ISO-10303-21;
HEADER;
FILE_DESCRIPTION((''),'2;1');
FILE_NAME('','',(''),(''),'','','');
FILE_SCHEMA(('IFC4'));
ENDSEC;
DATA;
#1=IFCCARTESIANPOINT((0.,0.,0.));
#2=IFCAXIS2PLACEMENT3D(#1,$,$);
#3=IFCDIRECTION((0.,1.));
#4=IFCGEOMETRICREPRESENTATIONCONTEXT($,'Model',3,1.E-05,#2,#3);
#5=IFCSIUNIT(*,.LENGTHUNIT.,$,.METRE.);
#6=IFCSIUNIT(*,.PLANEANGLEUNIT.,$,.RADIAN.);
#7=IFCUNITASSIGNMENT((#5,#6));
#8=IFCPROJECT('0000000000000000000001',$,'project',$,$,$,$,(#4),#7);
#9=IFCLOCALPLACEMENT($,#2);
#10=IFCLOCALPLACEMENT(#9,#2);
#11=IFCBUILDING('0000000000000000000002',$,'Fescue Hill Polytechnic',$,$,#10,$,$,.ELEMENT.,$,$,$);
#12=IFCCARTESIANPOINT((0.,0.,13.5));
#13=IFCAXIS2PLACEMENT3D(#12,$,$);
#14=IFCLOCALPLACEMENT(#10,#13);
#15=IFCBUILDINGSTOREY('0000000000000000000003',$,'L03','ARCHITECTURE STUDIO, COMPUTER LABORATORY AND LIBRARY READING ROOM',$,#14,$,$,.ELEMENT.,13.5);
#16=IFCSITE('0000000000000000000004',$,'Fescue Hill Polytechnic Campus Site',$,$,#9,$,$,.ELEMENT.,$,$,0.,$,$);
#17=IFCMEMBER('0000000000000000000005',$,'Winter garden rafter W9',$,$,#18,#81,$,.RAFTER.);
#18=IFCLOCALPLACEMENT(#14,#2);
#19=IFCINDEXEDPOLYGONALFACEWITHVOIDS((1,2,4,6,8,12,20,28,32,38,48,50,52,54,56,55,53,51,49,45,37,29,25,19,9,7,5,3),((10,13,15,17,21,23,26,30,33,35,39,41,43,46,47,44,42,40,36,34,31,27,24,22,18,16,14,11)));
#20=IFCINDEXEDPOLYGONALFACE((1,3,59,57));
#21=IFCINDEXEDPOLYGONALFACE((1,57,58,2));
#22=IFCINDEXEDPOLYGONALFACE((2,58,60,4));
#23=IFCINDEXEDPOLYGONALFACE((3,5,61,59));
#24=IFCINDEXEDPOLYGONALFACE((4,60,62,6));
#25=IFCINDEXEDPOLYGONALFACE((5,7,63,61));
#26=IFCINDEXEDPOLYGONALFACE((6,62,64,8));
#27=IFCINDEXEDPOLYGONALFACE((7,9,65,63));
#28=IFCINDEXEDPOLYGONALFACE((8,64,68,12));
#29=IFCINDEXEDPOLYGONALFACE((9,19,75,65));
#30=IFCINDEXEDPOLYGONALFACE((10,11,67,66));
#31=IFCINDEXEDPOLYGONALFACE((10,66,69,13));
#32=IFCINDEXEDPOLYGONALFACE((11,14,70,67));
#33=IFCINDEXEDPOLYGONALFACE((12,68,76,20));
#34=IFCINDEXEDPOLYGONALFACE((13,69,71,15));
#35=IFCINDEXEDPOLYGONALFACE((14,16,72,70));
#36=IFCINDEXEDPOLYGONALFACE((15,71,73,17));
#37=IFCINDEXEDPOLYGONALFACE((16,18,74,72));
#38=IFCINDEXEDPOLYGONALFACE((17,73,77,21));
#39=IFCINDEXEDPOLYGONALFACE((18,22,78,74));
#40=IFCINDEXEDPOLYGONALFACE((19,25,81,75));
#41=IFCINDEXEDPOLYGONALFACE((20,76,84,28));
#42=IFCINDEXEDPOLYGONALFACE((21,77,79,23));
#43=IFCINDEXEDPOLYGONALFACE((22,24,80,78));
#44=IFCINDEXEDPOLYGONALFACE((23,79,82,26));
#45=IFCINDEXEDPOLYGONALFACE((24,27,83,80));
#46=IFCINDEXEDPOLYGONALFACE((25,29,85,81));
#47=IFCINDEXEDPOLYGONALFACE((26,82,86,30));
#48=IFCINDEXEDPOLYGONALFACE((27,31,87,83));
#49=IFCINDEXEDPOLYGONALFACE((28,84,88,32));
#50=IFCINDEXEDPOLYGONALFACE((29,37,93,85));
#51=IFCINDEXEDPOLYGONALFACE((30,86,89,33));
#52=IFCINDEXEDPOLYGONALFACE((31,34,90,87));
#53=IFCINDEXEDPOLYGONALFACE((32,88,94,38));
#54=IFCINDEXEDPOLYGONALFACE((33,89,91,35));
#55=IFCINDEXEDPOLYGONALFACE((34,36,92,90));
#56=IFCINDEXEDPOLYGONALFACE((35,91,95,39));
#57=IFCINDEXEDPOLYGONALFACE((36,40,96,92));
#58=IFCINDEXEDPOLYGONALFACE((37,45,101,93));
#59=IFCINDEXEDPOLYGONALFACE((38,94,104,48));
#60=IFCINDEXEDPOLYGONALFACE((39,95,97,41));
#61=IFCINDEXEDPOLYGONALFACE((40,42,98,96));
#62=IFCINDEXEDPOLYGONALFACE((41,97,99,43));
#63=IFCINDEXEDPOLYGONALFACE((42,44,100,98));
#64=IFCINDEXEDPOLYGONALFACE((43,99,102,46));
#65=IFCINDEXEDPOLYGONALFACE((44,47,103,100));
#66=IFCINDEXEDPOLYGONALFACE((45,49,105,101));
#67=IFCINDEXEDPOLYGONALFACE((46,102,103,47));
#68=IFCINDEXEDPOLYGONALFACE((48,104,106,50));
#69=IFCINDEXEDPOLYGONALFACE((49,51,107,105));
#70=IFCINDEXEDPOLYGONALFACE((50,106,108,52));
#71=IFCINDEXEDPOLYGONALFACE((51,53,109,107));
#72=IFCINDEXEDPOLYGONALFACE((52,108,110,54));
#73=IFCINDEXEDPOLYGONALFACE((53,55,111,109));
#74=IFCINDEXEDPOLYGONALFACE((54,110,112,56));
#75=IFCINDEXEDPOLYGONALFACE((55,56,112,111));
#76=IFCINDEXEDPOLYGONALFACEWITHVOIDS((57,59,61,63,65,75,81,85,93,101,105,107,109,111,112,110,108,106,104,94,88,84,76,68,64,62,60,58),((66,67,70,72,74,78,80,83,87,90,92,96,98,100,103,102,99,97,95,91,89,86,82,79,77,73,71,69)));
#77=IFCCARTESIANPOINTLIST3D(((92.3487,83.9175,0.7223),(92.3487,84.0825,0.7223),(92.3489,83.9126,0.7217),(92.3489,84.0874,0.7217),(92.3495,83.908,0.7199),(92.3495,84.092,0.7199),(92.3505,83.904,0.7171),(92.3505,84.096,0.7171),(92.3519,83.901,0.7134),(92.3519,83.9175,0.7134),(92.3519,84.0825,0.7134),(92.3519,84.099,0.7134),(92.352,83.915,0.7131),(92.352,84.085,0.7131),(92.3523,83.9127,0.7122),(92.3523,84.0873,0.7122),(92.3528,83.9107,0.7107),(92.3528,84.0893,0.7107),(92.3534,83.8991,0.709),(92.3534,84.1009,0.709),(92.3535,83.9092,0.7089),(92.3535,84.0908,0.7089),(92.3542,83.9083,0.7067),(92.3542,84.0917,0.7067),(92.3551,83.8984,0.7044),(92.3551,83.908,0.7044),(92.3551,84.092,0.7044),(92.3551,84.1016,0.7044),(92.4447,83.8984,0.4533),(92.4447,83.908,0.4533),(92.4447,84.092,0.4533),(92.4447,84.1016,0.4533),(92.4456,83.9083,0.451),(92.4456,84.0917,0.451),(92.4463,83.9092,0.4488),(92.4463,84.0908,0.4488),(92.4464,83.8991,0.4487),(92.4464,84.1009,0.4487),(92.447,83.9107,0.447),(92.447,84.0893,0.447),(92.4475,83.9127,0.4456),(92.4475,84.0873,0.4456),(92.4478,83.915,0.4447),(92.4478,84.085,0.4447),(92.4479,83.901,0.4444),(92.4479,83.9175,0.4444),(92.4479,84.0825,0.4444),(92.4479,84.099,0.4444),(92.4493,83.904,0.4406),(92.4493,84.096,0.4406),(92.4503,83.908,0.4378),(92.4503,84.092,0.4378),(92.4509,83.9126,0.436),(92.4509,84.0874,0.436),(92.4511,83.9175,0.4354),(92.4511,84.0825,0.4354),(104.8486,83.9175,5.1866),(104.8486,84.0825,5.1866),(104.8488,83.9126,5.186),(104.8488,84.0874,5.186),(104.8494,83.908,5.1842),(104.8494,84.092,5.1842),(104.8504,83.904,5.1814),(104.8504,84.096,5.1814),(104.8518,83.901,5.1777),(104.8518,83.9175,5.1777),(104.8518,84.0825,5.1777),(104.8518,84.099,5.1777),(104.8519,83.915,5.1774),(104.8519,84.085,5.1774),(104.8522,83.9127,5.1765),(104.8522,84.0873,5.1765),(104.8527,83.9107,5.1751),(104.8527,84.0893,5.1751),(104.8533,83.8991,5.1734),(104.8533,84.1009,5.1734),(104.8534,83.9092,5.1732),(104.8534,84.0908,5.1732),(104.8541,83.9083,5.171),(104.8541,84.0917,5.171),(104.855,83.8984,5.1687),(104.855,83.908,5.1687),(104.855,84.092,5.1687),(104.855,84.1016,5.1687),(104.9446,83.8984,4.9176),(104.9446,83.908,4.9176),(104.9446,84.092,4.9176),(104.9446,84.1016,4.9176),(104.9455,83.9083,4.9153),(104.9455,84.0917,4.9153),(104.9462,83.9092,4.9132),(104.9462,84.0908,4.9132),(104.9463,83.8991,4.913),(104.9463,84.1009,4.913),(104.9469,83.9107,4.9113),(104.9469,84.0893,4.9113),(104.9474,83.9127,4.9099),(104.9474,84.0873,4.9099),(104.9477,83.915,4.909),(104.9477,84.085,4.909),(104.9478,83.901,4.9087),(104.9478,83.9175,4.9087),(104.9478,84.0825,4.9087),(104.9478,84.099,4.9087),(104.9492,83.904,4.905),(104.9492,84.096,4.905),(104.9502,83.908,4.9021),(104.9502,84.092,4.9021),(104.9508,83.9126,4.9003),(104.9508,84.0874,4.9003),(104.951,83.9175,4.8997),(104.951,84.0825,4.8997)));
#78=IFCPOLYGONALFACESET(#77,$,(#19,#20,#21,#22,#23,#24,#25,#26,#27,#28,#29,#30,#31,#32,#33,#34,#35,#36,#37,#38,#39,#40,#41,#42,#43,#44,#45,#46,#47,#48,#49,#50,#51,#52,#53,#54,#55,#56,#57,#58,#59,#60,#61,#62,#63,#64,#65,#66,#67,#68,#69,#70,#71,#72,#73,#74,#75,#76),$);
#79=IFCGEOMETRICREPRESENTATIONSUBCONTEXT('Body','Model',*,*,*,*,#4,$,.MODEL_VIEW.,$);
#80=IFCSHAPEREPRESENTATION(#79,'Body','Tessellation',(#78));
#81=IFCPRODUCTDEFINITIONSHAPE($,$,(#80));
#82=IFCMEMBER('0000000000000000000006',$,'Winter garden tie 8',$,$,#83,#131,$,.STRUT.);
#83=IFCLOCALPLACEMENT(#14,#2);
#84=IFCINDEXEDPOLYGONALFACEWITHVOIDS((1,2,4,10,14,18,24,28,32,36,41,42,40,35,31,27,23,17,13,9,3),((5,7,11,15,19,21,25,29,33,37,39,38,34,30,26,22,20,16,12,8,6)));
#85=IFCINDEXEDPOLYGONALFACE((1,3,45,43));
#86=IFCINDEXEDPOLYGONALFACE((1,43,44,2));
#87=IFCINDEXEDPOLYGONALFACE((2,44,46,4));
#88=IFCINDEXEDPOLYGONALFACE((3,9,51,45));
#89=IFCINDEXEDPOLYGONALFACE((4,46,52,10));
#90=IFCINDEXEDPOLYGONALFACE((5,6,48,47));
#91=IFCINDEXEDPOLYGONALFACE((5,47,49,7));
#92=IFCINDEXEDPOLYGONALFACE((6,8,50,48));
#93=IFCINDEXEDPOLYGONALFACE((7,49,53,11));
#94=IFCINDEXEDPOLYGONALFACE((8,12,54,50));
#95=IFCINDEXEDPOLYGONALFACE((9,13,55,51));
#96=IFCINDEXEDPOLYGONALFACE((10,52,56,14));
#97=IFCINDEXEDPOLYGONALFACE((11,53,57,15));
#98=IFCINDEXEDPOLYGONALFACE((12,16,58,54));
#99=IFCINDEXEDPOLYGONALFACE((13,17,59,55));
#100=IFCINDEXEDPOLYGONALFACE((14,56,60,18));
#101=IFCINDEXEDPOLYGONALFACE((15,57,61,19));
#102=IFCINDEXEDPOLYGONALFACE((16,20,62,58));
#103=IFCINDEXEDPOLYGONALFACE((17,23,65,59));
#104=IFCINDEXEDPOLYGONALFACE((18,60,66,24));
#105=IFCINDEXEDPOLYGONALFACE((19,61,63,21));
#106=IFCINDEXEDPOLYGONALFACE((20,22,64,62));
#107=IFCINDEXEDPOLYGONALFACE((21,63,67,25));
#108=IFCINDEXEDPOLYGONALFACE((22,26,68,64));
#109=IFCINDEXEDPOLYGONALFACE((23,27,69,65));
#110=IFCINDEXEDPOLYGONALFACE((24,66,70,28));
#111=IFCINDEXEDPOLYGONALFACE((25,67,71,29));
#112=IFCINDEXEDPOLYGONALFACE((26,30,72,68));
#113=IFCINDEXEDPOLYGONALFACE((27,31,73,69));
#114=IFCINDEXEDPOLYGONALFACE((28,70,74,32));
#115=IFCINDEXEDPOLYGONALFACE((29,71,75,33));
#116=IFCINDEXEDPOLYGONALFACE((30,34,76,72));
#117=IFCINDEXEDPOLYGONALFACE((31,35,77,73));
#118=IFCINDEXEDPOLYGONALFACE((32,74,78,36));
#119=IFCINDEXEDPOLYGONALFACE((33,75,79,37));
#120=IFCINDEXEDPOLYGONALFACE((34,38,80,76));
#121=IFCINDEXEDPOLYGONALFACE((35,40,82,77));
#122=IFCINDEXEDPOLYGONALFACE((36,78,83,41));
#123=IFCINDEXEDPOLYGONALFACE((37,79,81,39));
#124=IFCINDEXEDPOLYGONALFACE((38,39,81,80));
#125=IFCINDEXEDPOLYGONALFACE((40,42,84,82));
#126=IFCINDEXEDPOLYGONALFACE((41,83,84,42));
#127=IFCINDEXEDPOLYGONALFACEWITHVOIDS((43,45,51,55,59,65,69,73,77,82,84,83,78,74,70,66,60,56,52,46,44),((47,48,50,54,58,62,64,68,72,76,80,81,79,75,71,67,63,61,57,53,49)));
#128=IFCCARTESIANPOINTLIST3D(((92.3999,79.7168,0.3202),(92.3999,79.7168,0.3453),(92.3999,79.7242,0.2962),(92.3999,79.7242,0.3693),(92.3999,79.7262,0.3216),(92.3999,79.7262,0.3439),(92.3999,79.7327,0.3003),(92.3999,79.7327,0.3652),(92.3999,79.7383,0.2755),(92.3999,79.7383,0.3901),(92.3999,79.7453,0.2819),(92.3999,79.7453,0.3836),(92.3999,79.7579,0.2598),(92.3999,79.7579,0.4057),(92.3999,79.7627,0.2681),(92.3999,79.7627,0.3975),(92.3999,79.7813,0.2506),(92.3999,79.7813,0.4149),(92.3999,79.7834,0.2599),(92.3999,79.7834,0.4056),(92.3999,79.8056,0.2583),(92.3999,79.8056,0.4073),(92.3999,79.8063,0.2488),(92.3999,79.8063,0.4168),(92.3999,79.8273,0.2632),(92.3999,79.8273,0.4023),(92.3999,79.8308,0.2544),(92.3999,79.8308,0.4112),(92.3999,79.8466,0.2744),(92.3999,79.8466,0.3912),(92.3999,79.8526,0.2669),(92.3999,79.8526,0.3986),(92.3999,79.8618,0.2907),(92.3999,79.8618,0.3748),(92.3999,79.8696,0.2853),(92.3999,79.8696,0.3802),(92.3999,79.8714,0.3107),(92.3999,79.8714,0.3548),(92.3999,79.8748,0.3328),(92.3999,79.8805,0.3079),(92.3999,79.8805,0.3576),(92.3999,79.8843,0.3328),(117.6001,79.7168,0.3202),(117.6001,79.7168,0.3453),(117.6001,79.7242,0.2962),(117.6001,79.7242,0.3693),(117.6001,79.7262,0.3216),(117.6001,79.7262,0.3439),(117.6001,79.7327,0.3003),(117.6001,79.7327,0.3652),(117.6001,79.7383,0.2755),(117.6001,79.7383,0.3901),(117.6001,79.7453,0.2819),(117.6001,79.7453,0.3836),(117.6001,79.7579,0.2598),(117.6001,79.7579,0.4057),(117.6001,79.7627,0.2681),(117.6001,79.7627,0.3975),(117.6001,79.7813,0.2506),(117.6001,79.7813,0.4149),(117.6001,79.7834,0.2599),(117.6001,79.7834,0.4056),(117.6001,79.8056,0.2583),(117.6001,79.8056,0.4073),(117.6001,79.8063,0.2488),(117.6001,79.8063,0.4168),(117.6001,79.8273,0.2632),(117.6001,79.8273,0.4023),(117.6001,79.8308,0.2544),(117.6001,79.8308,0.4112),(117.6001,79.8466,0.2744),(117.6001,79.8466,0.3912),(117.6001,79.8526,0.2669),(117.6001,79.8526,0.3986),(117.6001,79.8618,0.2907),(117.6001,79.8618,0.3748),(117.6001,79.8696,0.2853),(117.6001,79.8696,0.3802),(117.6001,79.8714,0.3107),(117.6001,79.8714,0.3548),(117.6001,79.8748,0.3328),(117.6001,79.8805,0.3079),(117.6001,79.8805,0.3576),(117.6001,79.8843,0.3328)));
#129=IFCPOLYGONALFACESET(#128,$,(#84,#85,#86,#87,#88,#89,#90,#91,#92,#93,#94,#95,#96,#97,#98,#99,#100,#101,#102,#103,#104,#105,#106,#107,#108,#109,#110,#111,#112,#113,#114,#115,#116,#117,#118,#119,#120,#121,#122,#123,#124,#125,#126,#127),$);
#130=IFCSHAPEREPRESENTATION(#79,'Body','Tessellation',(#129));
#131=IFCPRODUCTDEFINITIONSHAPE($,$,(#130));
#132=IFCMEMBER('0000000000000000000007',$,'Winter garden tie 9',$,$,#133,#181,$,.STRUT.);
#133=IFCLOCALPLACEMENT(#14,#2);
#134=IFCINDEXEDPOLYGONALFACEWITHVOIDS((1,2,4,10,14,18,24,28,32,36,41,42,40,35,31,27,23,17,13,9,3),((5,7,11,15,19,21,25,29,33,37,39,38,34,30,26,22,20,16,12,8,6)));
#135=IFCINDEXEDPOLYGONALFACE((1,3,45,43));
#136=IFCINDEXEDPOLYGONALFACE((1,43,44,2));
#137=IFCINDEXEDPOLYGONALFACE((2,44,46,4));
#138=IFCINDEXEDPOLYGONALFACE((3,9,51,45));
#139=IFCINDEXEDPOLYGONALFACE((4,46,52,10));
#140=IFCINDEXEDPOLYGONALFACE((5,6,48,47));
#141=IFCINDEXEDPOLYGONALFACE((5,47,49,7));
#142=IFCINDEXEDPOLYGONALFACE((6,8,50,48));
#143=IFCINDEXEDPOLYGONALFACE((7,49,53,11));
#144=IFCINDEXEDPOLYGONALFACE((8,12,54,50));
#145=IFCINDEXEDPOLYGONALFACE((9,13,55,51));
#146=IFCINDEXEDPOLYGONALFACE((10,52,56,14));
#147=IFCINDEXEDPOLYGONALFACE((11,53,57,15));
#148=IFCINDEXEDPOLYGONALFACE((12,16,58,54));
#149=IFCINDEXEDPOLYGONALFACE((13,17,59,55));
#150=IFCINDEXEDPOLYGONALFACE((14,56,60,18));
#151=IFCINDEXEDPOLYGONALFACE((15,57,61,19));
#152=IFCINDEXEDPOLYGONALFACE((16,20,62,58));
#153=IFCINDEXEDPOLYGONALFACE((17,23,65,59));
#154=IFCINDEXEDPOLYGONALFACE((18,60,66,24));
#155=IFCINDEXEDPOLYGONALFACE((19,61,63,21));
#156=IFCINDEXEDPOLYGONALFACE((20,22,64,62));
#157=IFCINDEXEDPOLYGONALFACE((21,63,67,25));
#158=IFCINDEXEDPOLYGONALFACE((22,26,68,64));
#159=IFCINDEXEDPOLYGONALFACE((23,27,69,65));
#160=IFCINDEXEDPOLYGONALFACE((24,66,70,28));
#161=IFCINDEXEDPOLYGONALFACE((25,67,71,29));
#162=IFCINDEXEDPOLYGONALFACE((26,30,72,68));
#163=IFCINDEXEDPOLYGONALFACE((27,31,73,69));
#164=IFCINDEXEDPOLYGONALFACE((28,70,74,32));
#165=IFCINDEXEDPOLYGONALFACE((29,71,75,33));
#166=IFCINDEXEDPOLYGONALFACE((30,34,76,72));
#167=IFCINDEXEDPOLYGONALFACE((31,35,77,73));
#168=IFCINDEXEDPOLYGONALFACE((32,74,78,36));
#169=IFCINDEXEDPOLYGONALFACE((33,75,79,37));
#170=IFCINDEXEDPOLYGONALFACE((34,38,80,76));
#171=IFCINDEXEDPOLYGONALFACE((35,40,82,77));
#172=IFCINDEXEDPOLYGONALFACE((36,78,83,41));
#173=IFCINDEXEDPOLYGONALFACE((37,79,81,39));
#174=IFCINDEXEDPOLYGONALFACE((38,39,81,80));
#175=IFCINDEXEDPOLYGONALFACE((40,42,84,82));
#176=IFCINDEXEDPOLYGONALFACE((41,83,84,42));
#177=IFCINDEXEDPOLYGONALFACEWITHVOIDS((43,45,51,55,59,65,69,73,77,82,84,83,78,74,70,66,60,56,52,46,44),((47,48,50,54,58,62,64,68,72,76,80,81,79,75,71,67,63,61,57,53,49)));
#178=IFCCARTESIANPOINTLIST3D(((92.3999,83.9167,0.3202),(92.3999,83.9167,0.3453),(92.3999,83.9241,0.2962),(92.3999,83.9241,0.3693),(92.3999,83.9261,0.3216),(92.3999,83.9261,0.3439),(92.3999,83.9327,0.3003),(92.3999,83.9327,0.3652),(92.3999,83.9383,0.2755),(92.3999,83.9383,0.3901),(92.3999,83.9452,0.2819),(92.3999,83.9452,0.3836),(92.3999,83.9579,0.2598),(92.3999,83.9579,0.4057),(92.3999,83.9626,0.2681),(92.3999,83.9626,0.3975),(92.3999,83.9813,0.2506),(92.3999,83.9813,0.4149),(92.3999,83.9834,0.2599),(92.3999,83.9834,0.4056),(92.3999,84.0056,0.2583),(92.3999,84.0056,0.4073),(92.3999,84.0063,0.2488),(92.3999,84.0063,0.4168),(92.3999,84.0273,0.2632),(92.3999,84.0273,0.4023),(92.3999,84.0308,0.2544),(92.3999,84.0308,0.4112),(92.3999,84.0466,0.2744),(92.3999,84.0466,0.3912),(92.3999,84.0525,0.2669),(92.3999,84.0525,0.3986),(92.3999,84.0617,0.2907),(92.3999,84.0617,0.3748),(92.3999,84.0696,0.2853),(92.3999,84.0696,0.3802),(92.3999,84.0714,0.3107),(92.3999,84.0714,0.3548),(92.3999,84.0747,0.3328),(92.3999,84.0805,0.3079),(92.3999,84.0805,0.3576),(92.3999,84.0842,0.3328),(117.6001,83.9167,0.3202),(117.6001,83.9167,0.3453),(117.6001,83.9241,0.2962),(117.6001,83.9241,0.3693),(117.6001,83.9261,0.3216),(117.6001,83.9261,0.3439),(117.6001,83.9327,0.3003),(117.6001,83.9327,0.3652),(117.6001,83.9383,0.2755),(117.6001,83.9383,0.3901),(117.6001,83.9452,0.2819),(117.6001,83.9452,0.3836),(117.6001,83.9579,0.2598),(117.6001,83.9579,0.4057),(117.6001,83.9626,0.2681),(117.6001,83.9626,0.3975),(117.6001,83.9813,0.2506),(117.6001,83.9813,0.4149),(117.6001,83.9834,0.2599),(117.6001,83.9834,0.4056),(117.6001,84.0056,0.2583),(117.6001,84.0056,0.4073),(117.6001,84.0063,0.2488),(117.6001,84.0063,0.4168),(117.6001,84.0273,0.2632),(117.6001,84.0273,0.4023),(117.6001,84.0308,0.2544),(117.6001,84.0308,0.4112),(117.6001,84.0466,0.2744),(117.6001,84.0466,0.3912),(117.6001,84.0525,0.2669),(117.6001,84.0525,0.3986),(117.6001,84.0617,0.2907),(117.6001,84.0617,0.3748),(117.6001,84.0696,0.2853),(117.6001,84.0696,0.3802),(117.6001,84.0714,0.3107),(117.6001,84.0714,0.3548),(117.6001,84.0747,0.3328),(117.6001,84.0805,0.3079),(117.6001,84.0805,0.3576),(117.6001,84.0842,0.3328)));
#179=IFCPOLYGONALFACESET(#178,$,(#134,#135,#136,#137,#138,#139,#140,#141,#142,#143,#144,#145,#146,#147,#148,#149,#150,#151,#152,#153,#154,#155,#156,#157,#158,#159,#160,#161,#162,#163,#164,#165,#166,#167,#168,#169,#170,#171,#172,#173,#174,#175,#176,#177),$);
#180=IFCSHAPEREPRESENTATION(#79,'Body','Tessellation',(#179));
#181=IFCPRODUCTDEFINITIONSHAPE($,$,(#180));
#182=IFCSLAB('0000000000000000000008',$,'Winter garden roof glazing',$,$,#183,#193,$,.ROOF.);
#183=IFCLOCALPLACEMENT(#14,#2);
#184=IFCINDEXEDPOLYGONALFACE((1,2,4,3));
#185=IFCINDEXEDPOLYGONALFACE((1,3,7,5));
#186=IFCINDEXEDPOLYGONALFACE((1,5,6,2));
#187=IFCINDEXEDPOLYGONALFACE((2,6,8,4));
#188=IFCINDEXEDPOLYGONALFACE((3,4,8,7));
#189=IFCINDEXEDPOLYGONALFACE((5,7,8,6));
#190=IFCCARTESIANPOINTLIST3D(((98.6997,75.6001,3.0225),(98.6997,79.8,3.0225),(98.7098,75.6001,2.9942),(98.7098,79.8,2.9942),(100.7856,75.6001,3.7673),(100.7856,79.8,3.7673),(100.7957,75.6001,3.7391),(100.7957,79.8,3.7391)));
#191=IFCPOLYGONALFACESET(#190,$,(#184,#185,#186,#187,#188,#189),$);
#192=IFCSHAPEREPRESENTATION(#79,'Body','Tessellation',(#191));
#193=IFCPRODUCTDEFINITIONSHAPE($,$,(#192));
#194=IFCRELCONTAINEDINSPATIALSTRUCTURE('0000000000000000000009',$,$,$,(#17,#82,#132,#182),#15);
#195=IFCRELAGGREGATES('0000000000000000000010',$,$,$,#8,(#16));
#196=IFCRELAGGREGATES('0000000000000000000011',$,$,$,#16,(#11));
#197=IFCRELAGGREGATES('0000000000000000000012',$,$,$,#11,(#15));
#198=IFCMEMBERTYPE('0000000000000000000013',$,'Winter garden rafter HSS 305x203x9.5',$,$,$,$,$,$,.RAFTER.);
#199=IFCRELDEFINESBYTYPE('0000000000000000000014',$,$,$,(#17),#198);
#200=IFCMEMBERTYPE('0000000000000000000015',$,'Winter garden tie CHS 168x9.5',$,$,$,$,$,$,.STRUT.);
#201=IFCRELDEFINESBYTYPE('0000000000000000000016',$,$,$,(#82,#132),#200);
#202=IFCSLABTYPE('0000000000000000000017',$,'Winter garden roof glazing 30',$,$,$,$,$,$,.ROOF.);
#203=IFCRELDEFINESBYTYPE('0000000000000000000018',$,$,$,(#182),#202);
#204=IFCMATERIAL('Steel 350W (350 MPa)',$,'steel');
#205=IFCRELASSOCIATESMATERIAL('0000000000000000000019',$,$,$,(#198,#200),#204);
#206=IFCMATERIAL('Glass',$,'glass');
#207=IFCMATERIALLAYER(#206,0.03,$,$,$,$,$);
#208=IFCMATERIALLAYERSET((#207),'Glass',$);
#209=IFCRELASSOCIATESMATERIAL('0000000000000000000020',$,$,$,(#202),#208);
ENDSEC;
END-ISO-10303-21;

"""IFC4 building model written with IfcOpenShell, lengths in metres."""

from ifc_helpers import new_model, si_unit, direction, frame, origin, origin_2d, place, context, subcontext, project, spatial, polyline, hollow_rectangle, hollow_circle, outline, extrude, material, layer, layer_set, material_profile, profile_set, type_object, element, save


model = new_model("IFC4")

# Units and contexts
model_context = context("Model", 3, precision=1e-05, world=origin(), true_north=direction((0.0, 1.0)))
body_context = subcontext(model_context, "Body", "Model", "MODEL_VIEW")
ifc_project = project(units=[si_unit("LENGTHUNIT", "METRE"), si_unit("PLANEANGLEUNIT", "RADIAN")], contexts=[model_context])

# Site, building, storey
site_placement = place(None, origin())
site = spatial("IfcSite", under=ifc_project, at=site_placement, Name="Fescue Hill Polytechnic Campus Site", CompositionType="ELEMENT", RefElevation=0.0)
building_placement = place(site_placement, origin())
building = spatial("IfcBuilding", under=site, at=building_placement, Name="Fescue Hill Polytechnic", CompositionType="ELEMENT")
storey_placement = place(building_placement, frame((0.0, 0.0, 13.5)))
storey = spatial("IfcBuildingStorey", under=building, at=storey_placement, Name="L03", Description="ARCHITECTURE STUDIO, COMPUTER LABORATORY AND LIBRARY READING ROOM", CompositionType="ELEMENT", Elevation=13.5)

# Members
ifc_material_1 = material(Name="Steel 350W (350 MPa)", Category="steel")
ifc_material_profile_1 = material_profile(ifc_material_1, hollow_rectangle(XDim=0.2031, YDim=0.3047, WallThickness=0.0095, InnerFilletRadius=0.0095, OuterFilletRadius=0.019, at=origin_2d()), Name="Winter garden rafter HSS 305x203x9.5")
ifc_profile_set_1 = profile_set([ifc_material_profile_1], Name="Steel 350W (350 MPa)")
member_type_1 = type_object("IfcMemberType", Name="Winter garden rafter HSS 305x203x9.5", PredefinedType="RAFTER", material=ifc_profile_set_1)
for number, where, z_axis, x_axis, name in (
    (1, (92.3999, 84.0, 0.5789), (0.94174, 0.0, 0.336341), (0.0, 1.0, 0.0), "Winter garden rafter W9"),
):
    element("IfcMember", number, at=place(storey_placement, frame(where, z_axis=z_axis, x_axis=x_axis)), inside=storey, type_object=member_type_1, Name=name, PredefinedType="RAFTER", context=body_context, shape_type="SweptSolid", body=[
        extrude(hollow_rectangle(XDim=0.2031, YDim=0.3047, WallThickness=0.0095, InnerFilletRadius=0.0095, OuterFilletRadius=0.019, at=origin_2d()), origin(), (0.0, 0.0, 1.0), 13.2732),
    ])
ifc_material_profile_2 = material_profile(ifc_material_1, hollow_circle(Radius=0.0842, WallThickness=0.0095, at=origin_2d()), Name="Winter garden tie CHS 168x9.5")
ifc_profile_set_2 = profile_set([ifc_material_profile_2], Name="Steel 350W (350 MPa)")
member_type_2 = type_object("IfcMemberType", Name="Winter garden tie CHS 168x9.5", PredefinedType="STRUT", material=ifc_profile_set_2)
for number, where, z_axis, x_axis, name in (
    (2, (92.3999, 79.8, 0.3328), (1.0, 0.0, 0.0), (0.0, 1.0, 0.0), "Winter garden tie 8"),
    (3, (92.3999, 84.0, 0.3328), (1.0, 0.0, 0.0), (0.0, 1.0, 0.0), "Winter garden tie 9"),
):
    element("IfcMember", number, at=place(storey_placement, frame(where, z_axis=z_axis, x_axis=x_axis)), inside=storey, type_object=member_type_2, Name=name, PredefinedType="STRUT", context=body_context, shape_type="SweptSolid", body=[
        extrude(hollow_circle(Radius=0.0842, WallThickness=0.0095, at=origin_2d()), origin(), (0.0, 0.0, 1.0), 25.2002),
    ])

# Slab
ifc_material_2 = material(Name="Glass", Category="glass")
ifc_layer = layer(ifc_material_2, 0.03)
ifc_layer_set = layer_set([ifc_layer], Name="Glass")
slab_type = type_object("IfcSlabType", Name="Winter garden roof glazing 30", PredefinedType="ROOF", material=ifc_layer_set)
for number, where, z_axis, x_axis, name in (
    (4, (98.6997, 75.6001, 3.0225), (-0.336295, 0.0, 0.941757), (0.0, 1.0, 0.0), "Winter garden roof glazing"),
):
    element("IfcSlab", number, at=place(storey_placement, frame(where, z_axis=z_axis, x_axis=x_axis)), inside=storey, type_object=slab_type, Name=name, PredefinedType="ROOF", context=body_context, shape_type="SweptSolid", body=[
        extrude(outline(polyline([(0.0, 0.0), (4.2, 0.0), (4.2, -2.2149), (0.0, -2.2149), (0.0, 0.0)])), origin(), (0.0, 0.0, -1.0), 0.03),
    ])

save(model, "model.ifc")
